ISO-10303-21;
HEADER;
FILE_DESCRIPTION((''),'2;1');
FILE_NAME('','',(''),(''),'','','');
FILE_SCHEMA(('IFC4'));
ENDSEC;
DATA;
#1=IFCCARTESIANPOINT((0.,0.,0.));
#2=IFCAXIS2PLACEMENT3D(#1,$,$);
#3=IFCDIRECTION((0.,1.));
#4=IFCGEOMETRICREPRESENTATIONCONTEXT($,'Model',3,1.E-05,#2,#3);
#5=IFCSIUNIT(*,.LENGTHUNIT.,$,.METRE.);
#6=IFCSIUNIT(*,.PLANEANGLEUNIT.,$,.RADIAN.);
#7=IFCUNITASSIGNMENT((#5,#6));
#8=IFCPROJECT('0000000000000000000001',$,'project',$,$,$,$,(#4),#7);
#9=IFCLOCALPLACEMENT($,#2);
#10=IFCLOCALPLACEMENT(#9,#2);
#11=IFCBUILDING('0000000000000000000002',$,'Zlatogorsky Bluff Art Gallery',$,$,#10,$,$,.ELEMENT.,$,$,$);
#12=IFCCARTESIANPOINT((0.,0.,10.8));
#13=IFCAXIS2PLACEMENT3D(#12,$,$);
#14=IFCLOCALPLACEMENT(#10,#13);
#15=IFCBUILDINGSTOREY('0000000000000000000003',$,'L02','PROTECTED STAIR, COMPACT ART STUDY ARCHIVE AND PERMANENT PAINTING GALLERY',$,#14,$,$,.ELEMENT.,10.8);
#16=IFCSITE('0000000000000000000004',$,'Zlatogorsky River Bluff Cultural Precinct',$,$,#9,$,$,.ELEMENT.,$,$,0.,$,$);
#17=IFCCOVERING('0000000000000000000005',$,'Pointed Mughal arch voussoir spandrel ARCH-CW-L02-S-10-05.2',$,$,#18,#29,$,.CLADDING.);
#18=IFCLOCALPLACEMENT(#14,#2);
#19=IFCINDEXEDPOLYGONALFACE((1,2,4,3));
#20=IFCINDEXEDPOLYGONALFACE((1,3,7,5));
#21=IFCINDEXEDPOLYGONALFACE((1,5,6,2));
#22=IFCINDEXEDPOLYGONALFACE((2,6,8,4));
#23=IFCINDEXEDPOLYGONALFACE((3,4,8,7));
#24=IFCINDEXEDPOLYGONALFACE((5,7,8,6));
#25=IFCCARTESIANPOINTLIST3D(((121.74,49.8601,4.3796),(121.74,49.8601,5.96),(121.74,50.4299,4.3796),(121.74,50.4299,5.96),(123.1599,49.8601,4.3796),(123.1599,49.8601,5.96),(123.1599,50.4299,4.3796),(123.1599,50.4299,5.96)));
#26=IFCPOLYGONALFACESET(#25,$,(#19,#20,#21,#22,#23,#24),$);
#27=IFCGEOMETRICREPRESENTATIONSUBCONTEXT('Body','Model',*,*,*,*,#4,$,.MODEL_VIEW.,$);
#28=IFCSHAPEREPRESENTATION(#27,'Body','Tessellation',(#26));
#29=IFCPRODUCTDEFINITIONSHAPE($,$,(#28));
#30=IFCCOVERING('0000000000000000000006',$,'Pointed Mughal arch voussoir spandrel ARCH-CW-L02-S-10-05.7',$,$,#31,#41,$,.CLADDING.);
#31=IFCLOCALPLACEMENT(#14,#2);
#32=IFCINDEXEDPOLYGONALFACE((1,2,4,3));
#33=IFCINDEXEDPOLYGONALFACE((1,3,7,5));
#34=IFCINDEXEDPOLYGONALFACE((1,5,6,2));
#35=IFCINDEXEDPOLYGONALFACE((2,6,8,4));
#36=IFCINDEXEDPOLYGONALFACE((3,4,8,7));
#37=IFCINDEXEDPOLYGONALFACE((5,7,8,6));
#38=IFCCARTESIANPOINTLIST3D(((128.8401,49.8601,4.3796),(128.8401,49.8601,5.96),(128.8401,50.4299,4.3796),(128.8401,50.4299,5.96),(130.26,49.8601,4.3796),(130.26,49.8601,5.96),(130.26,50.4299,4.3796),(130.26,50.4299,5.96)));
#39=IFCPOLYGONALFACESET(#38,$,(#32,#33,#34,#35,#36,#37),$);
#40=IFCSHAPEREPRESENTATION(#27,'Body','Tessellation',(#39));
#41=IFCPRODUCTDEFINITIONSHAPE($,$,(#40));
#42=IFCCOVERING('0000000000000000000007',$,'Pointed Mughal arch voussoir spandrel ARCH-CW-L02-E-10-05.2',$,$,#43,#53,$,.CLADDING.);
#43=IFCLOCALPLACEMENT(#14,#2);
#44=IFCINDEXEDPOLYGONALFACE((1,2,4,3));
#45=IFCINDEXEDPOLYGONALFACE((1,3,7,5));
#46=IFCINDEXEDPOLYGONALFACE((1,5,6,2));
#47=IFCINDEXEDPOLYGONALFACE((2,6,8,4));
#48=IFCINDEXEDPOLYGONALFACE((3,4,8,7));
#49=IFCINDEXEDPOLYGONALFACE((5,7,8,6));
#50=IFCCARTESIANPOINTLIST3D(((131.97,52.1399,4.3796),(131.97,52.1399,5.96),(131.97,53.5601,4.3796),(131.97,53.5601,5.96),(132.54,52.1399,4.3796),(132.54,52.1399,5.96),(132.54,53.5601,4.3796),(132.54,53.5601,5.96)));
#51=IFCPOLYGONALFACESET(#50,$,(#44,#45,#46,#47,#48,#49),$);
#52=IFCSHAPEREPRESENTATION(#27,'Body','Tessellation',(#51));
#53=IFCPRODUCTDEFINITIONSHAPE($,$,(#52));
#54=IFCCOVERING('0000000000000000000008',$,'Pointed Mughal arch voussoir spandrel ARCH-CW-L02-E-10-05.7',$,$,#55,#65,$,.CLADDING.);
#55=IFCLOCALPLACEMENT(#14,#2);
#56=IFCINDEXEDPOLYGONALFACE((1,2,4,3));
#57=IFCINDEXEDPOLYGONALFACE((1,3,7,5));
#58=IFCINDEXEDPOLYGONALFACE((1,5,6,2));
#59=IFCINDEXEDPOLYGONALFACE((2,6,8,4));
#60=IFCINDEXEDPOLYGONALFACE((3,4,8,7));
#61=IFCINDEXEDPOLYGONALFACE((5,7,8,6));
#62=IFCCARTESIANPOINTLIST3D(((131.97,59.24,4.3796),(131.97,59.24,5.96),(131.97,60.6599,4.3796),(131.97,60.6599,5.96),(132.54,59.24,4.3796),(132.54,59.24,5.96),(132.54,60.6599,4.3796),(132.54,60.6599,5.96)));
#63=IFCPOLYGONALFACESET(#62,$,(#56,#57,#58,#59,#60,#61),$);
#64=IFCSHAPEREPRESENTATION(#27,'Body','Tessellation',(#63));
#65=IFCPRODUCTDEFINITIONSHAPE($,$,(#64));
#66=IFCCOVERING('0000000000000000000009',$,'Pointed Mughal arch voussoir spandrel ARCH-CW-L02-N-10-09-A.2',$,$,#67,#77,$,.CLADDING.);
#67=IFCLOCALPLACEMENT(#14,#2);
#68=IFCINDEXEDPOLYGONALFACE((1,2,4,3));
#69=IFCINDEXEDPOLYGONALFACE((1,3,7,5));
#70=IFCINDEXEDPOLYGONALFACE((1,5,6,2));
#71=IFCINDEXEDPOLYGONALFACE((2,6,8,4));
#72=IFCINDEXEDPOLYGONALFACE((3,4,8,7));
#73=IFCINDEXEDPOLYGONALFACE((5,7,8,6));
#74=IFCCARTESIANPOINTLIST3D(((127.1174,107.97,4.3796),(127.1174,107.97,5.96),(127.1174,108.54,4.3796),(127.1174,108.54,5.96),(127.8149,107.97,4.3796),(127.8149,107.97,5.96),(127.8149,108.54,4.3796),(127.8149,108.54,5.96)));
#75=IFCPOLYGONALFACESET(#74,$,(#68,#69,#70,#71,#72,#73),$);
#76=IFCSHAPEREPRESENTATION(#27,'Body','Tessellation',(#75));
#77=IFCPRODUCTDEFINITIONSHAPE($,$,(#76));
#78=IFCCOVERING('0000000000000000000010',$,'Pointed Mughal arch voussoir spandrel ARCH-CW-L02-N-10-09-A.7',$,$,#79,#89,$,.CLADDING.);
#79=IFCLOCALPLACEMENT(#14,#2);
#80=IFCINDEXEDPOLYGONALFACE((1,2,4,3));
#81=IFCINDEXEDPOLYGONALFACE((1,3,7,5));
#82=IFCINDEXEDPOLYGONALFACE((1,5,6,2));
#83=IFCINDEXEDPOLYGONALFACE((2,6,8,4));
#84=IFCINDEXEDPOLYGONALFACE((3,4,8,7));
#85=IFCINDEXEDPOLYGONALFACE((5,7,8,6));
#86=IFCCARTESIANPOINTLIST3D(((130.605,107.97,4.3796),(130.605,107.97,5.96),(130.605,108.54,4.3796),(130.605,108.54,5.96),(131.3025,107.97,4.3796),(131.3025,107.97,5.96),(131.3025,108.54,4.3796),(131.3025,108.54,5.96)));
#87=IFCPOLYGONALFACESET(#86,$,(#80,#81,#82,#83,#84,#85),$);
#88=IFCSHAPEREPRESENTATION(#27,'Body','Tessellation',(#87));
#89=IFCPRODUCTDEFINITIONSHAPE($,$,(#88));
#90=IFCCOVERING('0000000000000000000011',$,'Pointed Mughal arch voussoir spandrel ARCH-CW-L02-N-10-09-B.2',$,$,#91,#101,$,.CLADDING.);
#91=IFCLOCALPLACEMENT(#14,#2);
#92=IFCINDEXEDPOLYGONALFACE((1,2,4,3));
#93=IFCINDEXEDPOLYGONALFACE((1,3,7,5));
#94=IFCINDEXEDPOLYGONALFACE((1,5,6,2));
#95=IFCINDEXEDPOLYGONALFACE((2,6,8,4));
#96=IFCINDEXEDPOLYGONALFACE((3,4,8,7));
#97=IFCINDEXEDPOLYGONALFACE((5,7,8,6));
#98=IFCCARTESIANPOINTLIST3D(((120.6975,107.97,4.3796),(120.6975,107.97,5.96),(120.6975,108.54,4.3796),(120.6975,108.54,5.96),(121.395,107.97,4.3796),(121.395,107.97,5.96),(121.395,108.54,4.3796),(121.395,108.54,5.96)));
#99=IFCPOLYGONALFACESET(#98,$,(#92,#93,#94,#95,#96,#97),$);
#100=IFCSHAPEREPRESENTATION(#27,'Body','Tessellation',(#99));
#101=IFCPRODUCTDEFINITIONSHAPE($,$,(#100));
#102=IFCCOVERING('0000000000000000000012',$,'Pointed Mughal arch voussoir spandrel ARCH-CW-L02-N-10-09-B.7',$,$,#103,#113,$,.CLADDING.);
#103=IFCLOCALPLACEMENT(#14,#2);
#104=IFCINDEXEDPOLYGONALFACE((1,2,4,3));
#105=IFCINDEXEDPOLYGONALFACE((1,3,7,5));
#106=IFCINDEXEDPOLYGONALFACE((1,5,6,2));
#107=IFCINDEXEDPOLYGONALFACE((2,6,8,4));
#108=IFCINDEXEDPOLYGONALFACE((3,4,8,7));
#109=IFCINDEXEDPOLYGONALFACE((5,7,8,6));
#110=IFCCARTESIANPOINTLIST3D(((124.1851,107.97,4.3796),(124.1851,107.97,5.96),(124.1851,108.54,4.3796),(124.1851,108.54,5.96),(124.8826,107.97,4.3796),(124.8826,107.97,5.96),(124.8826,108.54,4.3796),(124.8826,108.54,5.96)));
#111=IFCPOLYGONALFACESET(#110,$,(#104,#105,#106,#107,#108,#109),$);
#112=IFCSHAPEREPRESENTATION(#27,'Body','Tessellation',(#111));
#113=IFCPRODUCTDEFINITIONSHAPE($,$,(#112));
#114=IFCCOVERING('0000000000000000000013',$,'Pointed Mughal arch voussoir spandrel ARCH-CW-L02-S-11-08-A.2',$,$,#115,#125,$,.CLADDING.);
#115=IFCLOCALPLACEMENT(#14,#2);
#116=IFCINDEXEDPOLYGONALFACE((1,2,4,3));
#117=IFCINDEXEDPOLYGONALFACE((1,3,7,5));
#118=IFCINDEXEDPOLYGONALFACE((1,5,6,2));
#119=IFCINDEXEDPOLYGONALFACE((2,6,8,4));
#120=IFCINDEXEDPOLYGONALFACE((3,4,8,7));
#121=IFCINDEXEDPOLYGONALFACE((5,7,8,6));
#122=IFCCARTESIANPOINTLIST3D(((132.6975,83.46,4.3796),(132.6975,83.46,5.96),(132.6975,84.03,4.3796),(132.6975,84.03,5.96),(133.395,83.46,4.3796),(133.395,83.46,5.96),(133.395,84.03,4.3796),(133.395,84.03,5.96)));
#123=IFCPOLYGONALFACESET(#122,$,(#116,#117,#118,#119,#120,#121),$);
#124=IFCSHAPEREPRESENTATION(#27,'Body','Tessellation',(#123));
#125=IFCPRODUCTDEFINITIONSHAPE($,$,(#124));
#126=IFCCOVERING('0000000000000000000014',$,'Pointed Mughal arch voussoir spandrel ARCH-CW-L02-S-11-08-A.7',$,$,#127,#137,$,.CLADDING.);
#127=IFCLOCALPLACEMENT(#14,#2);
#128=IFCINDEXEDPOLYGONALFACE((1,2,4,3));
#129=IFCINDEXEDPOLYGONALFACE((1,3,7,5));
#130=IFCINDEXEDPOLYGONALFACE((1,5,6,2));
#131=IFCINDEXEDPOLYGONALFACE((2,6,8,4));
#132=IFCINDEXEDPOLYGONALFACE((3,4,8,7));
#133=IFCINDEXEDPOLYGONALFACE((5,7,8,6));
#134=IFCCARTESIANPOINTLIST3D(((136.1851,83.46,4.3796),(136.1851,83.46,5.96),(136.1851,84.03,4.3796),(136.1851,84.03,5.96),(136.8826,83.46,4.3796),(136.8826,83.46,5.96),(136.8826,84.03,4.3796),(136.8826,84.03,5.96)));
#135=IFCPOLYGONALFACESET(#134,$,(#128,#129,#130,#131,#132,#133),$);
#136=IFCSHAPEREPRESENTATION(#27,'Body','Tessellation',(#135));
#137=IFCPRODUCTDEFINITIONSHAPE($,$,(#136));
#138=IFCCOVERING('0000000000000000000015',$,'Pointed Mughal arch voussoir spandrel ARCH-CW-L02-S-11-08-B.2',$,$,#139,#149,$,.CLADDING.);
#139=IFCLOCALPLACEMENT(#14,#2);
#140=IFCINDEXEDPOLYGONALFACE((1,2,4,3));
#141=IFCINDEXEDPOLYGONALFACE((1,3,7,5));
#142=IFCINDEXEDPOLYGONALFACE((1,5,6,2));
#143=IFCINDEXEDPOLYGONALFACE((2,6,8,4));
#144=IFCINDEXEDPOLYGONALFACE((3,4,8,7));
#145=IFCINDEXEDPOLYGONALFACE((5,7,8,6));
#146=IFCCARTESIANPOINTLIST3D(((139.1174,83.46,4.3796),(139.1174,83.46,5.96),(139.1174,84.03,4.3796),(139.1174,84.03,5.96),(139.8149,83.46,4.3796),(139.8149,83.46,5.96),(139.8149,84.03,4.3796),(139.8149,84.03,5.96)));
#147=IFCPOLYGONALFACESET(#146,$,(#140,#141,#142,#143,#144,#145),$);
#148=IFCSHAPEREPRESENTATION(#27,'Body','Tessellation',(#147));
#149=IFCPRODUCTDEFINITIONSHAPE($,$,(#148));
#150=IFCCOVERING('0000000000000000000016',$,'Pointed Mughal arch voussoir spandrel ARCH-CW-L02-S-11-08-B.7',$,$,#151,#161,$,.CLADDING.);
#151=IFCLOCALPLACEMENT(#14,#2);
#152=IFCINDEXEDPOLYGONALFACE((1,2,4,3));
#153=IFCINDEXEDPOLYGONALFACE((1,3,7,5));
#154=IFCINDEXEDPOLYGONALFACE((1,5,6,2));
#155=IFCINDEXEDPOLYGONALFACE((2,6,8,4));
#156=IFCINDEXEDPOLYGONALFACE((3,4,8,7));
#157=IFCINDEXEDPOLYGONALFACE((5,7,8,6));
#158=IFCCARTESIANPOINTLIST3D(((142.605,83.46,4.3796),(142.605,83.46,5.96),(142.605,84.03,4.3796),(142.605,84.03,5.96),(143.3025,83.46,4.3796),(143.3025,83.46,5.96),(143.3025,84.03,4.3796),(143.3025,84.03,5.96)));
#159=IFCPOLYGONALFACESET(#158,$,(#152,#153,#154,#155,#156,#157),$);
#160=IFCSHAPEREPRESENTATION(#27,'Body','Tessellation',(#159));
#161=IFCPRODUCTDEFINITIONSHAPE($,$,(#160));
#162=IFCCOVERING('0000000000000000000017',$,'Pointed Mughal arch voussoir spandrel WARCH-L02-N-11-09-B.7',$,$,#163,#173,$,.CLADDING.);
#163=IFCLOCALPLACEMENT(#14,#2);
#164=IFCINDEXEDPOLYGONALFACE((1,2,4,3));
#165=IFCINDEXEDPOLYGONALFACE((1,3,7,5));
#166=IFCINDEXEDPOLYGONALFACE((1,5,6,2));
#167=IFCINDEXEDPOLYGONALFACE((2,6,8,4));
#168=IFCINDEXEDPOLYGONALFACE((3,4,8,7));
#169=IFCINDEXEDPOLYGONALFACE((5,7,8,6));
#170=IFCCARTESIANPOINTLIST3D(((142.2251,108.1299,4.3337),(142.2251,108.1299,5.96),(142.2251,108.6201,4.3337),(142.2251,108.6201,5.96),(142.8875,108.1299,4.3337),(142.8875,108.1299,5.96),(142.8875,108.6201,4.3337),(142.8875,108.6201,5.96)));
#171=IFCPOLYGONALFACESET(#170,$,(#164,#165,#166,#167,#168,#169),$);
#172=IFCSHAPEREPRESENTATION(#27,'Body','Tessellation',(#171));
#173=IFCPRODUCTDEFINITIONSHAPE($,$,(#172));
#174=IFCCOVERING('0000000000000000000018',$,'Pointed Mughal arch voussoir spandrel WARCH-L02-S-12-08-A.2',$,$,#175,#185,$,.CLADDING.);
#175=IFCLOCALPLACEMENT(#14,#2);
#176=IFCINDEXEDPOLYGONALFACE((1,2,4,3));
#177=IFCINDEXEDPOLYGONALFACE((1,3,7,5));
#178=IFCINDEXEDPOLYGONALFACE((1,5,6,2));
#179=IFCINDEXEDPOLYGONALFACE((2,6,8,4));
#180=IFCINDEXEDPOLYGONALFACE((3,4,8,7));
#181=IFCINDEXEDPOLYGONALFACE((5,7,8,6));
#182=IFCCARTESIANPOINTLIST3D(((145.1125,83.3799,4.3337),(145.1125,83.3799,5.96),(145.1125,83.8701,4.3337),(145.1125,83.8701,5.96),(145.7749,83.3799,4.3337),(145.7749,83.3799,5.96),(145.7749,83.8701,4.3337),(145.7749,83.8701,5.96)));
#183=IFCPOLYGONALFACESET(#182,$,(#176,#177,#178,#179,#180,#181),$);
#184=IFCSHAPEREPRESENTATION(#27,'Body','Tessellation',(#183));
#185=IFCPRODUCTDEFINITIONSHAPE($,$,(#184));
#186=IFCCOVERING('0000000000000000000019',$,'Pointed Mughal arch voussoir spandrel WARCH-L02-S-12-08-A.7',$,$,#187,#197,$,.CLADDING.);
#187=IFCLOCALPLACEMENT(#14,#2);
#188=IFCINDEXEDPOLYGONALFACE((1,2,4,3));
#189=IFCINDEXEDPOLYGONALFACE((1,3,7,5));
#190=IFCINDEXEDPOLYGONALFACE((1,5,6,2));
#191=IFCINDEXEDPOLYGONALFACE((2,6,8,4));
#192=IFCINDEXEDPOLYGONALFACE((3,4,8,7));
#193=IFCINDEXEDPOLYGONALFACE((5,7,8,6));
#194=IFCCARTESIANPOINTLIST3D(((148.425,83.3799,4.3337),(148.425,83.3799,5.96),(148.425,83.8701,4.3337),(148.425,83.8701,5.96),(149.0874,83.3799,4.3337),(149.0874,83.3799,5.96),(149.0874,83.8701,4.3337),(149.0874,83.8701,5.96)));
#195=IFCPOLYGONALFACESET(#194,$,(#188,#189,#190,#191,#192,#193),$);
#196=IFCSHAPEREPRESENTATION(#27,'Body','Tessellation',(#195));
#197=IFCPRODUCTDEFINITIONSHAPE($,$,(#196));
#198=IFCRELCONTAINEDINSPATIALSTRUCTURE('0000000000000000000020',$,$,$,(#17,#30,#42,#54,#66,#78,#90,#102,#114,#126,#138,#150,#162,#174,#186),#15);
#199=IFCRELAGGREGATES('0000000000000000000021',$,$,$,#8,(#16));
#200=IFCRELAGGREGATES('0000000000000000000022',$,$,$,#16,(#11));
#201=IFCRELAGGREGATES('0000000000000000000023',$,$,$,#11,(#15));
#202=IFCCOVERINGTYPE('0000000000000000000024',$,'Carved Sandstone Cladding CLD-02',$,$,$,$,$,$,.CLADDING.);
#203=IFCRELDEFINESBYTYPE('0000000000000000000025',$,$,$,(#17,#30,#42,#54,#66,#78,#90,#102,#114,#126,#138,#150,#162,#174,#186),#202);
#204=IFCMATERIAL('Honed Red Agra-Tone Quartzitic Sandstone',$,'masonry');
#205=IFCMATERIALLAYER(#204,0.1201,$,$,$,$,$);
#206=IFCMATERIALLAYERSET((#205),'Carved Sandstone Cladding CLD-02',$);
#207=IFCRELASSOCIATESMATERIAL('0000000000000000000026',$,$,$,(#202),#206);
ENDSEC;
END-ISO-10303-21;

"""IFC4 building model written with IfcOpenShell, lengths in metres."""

from ifc_helpers import new_model, si_unit, direction, frame, origin, place, context, subcontext, project, spatial, polyline, outline, extrude, material, layer, layer_set, type_object, element, save


model = new_model("IFC4")

# Units and contexts
model_context = context("Model", 3, precision=1e-05, world=origin(), true_north=direction((0.0, 1.0)))
body_context = subcontext(model_context, "Body", "Model", "MODEL_VIEW")
ifc_project = project(units=[si_unit("LENGTHUNIT", "METRE"), si_unit("PLANEANGLEUNIT", "RADIAN")], contexts=[model_context])

# Site, building, storey
site_placement = place(None, origin())
site = spatial("IfcSite", under=ifc_project, at=site_placement, Name="Zlatogorsky River Bluff Cultural Precinct", CompositionType="ELEMENT", RefElevation=0.0)
building_placement = place(site_placement, origin())
building = spatial("IfcBuilding", under=site, at=building_placement, Name="Zlatogorsky Bluff Art Gallery", CompositionType="ELEMENT")
storey_placement = place(building_placement, frame((0.0, 0.0, 10.8)))
storey = spatial("IfcBuildingStorey", under=building, at=storey_placement, Name="L02", Description="PROTECTED STAIR, COMPACT ART STUDY ARCHIVE AND PERMANENT PAINTING GALLERY", CompositionType="ELEMENT", Elevation=10.8)

# Coverings
ifc_material = material(Name="Honed Red Agra-Tone Quartzitic Sandstone", Category="masonry")
ifc_layer = layer(ifc_material, 0.1201)
ifc_layer_set = layer_set([ifc_layer], Name="Carved Sandstone Cladding CLD-02")
covering_type = type_object("IfcCoveringType", Name="Carved Sandstone Cladding CLD-02", PredefinedType="CLADDING", material=ifc_layer_set)
covering_1_placement = place(storey_placement, frame((0.0, 0.0, 4.3796)))
element("IfcCovering", 1, at=covering_1_placement, inside=storey, type_object=covering_type, Name="Pointed Mughal arch voussoir spandrel ARCH-CW-L02-S-10-05.2", PredefinedType="CLADDING", context=body_context, shape_type="SweptSolid", body=[
    extrude(outline(polyline([(121.74, 49.8601), (123.1599, 49.8601), (123.1599, 50.4299), (121.74, 50.4299), (121.74, 49.8601)])), origin(), (0.0, 0.0, 1.0), 1.5803),
])
covering_2_placement = place(storey_placement, frame((0.0, 0.0, 4.3796)))
element("IfcCovering", 2, at=covering_2_placement, inside=storey, type_object=covering_type, Name="Pointed Mughal arch voussoir spandrel ARCH-CW-L02-S-10-05.7", PredefinedType="CLADDING", context=body_context, shape_type="SweptSolid", body=[
    extrude(outline(polyline([(128.8401, 49.8601), (130.26, 49.8601), (130.26, 50.4299), (128.8401, 50.4299), (128.8401, 49.8601)])), origin(), (0.0, 0.0, 1.0), 1.5803),
])
covering_3_placement = place(storey_placement, frame((0.0, 0.0, 4.3796)))
element("IfcCovering", 3, at=covering_3_placement, inside=storey, type_object=covering_type, Name="Pointed Mughal arch voussoir spandrel ARCH-CW-L02-E-10-05.2", PredefinedType="CLADDING", context=body_context, shape_type="SweptSolid", body=[
    extrude(outline(polyline([(131.97, 52.1399), (131.97, 53.5601), (132.54, 53.5601), (132.54, 52.1399), (131.97, 52.1399)])), origin(), (0.0, 0.0, 1.0), 1.5803),
])
covering_4_placement = place(storey_placement, frame((0.0, 0.0, 4.3796)))
element("IfcCovering", 4, at=covering_4_placement, inside=storey, type_object=covering_type, Name="Pointed Mughal arch voussoir spandrel ARCH-CW-L02-E-10-05.7", PredefinedType="CLADDING", context=body_context, shape_type="SweptSolid", body=[
    extrude(outline(polyline([(131.97, 59.24), (131.97, 60.6599), (132.54, 60.6599), (132.54, 59.24), (131.97, 59.24)])), origin(), (0.0, 0.0, 1.0), 1.5803),
])
covering_5_placement = place(storey_placement, frame((0.0, 0.0, 4.3796)))
element("IfcCovering", 5, at=covering_5_placement, inside=storey, type_object=covering_type, Name="Pointed Mughal arch voussoir spandrel ARCH-CW-L02-N-10-09-A.2", PredefinedType="CLADDING", context=body_context, shape_type="SweptSolid", body=[
    extrude(outline(polyline([(127.1174, 107.97), (127.8149, 107.97), (127.8149, 108.54), (127.1174, 108.54), (127.1174, 107.97)])), origin(), (0.0, 0.0, 1.0), 1.5803),
])
covering_6_placement = place(storey_placement, frame((0.0, 0.0, 4.3796)))
element("IfcCovering", 6, at=covering_6_placement, inside=storey, type_object=covering_type, Name="Pointed Mughal arch voussoir spandrel ARCH-CW-L02-N-10-09-A.7", PredefinedType="CLADDING", context=body_context, shape_type="SweptSolid", body=[
    extrude(outline(polyline([(130.605, 107.97), (131.3025, 107.97), (131.3025, 108.54), (130.605, 108.54), (130.605, 107.97)])), origin(), (0.0, 0.0, 1.0), 1.5803),
])
covering_7_placement = place(storey_placement, frame((0.0, 0.0, 4.3796)))
element("IfcCovering", 7, at=covering_7_placement, inside=storey, type_object=covering_type, Name="Pointed Mughal arch voussoir spandrel ARCH-CW-L02-N-10-09-B.2", PredefinedType="CLADDING", context=body_context, shape_type="SweptSolid", body=[
    extrude(outline(polyline([(120.6975, 107.97), (121.395, 107.97), (121.395, 108.54), (120.6975, 108.54), (120.6975, 107.97)])), origin(), (0.0, 0.0, 1.0), 1.5803),
])
covering_8_placement = place(storey_placement, frame((0.0, 0.0, 4.3796)))
element("IfcCovering", 8, at=covering_8_placement, inside=storey, type_object=covering_type, Name="Pointed Mughal arch voussoir spandrel ARCH-CW-L02-N-10-09-B.7", PredefinedType="CLADDING", context=body_context, shape_type="SweptSolid", body=[
    extrude(outline(polyline([(124.1851, 107.97), (124.8826, 107.97), (124.8826, 108.54), (124.1851, 108.54), (124.1851, 107.97)])), origin(), (0.0, 0.0, 1.0), 1.5803),
])
covering_9_placement = place(storey_placement, frame((0.0, 0.0, 4.3796)))
element("IfcCovering", 9, at=covering_9_placement, inside=storey, type_object=covering_type, Name="Pointed Mughal arch voussoir spandrel ARCH-CW-L02-S-11-08-A.2", PredefinedType="CLADDING", context=body_context, shape_type="SweptSolid", body=[
    extrude(outline(polyline([(132.6975, 83.46), (133.395, 83.46), (133.395, 84.03), (132.6975, 84.03), (132.6975, 83.46)])), origin(), (0.0, 0.0, 1.0), 1.5803),
])
covering_10_placement = place(storey_placement, frame((0.0, 0.0, 4.3796)))
element("IfcCovering", 10, at=covering_10_placement, inside=storey, type_object=covering_type, Name="Pointed Mughal arch voussoir spandrel ARCH-CW-L02-S-11-08-A.7", PredefinedType="CLADDING", context=body_context, shape_type="SweptSolid", body=[
    extrude(outline(polyline([(136.1851, 83.46), (136.8826, 83.46), (136.8826, 84.03), (136.1851, 84.03), (136.1851, 83.46)])), origin(), (0.0, 0.0, 1.0), 1.5803),
])
covering_11_placement = place(storey_placement, frame((0.0, 0.0, 4.3796)))
element("IfcCovering", 11, at=covering_11_placement, inside=storey, type_object=covering_type, Name="Pointed Mughal arch voussoir spandrel ARCH-CW-L02-S-11-08-B.2", PredefinedType="CLADDING", context=body_context, shape_type="SweptSolid", body=[
    extrude(outline(polyline([(139.1174, 83.46), (139.8149, 83.46), (139.8149, 84.03), (139.1174, 84.03), (139.1174, 83.46)])), origin(), (0.0, 0.0, 1.0), 1.5803),
])
covering_12_placement = place(storey_placement, frame((0.0, 0.0, 4.3796)))
element("IfcCovering", 12, at=covering_12_placement, inside=storey, type_object=covering_type, Name="Pointed Mughal arch voussoir spandrel ARCH-CW-L02-S-11-08-B.7", PredefinedType="CLADDING", context=body_context, shape_type="SweptSolid", body=[
    extrude(outline(polyline([(142.605, 83.46), (143.3025, 83.46), (143.3025, 84.03), (142.605, 84.03), (142.605, 83.46)])), origin(), (0.0, 0.0, 1.0), 1.5803),
])
covering_13_placement = place(storey_placement, frame((0.0, 0.0, 4.3337)))
element("IfcCovering", 13, at=covering_13_placement, inside=storey, type_object=covering_type, Name="Pointed Mughal arch voussoir spandrel WARCH-L02-N-11-09-B.7", PredefinedType="CLADDING", context=body_context, shape_type="SweptSolid", body=[
    extrude(outline(polyline([(142.2251, 108.1299), (142.8875, 108.1299), (142.8875, 108.6201), (142.2251, 108.6201), (142.2251, 108.1299)])), origin(), (0.0, 0.0, 1.0), 1.6262),
])
covering_14_placement = place(storey_placement, frame((0.0, 0.0, 4.3337)))
element("IfcCovering", 14, at=covering_14_placement, inside=storey, type_object=covering_type, Name="Pointed Mughal arch voussoir spandrel WARCH-L02-S-12-08-A.2", PredefinedType="CLADDING", context=body_context, shape_type="SweptSolid", body=[
    extrude(outline(polyline([(145.1125, 83.3799), (145.7749, 83.3799), (145.7749, 83.8701), (145.1125, 83.8701), (145.1125, 83.3799)])), origin(), (0.0, 0.0, 1.0), 1.6262),
])
covering_15_placement = place(storey_placement, frame((0.0, 0.0, 4.3337)))
element("IfcCovering", 15, at=covering_15_placement, inside=storey, type_object=covering_type, Name="Pointed Mughal arch voussoir spandrel WARCH-L02-S-12-08-A.7", PredefinedType="CLADDING", context=body_context, shape_type="SweptSolid", body=[
    extrude(outline(polyline([(148.425, 83.3799), (149.0874, 83.3799), (149.0874, 83.8701), (148.425, 83.8701), (148.425, 83.3799)])), origin(), (0.0, 0.0, 1.0), 1.6262),
])

save(model, "model.ifc")
